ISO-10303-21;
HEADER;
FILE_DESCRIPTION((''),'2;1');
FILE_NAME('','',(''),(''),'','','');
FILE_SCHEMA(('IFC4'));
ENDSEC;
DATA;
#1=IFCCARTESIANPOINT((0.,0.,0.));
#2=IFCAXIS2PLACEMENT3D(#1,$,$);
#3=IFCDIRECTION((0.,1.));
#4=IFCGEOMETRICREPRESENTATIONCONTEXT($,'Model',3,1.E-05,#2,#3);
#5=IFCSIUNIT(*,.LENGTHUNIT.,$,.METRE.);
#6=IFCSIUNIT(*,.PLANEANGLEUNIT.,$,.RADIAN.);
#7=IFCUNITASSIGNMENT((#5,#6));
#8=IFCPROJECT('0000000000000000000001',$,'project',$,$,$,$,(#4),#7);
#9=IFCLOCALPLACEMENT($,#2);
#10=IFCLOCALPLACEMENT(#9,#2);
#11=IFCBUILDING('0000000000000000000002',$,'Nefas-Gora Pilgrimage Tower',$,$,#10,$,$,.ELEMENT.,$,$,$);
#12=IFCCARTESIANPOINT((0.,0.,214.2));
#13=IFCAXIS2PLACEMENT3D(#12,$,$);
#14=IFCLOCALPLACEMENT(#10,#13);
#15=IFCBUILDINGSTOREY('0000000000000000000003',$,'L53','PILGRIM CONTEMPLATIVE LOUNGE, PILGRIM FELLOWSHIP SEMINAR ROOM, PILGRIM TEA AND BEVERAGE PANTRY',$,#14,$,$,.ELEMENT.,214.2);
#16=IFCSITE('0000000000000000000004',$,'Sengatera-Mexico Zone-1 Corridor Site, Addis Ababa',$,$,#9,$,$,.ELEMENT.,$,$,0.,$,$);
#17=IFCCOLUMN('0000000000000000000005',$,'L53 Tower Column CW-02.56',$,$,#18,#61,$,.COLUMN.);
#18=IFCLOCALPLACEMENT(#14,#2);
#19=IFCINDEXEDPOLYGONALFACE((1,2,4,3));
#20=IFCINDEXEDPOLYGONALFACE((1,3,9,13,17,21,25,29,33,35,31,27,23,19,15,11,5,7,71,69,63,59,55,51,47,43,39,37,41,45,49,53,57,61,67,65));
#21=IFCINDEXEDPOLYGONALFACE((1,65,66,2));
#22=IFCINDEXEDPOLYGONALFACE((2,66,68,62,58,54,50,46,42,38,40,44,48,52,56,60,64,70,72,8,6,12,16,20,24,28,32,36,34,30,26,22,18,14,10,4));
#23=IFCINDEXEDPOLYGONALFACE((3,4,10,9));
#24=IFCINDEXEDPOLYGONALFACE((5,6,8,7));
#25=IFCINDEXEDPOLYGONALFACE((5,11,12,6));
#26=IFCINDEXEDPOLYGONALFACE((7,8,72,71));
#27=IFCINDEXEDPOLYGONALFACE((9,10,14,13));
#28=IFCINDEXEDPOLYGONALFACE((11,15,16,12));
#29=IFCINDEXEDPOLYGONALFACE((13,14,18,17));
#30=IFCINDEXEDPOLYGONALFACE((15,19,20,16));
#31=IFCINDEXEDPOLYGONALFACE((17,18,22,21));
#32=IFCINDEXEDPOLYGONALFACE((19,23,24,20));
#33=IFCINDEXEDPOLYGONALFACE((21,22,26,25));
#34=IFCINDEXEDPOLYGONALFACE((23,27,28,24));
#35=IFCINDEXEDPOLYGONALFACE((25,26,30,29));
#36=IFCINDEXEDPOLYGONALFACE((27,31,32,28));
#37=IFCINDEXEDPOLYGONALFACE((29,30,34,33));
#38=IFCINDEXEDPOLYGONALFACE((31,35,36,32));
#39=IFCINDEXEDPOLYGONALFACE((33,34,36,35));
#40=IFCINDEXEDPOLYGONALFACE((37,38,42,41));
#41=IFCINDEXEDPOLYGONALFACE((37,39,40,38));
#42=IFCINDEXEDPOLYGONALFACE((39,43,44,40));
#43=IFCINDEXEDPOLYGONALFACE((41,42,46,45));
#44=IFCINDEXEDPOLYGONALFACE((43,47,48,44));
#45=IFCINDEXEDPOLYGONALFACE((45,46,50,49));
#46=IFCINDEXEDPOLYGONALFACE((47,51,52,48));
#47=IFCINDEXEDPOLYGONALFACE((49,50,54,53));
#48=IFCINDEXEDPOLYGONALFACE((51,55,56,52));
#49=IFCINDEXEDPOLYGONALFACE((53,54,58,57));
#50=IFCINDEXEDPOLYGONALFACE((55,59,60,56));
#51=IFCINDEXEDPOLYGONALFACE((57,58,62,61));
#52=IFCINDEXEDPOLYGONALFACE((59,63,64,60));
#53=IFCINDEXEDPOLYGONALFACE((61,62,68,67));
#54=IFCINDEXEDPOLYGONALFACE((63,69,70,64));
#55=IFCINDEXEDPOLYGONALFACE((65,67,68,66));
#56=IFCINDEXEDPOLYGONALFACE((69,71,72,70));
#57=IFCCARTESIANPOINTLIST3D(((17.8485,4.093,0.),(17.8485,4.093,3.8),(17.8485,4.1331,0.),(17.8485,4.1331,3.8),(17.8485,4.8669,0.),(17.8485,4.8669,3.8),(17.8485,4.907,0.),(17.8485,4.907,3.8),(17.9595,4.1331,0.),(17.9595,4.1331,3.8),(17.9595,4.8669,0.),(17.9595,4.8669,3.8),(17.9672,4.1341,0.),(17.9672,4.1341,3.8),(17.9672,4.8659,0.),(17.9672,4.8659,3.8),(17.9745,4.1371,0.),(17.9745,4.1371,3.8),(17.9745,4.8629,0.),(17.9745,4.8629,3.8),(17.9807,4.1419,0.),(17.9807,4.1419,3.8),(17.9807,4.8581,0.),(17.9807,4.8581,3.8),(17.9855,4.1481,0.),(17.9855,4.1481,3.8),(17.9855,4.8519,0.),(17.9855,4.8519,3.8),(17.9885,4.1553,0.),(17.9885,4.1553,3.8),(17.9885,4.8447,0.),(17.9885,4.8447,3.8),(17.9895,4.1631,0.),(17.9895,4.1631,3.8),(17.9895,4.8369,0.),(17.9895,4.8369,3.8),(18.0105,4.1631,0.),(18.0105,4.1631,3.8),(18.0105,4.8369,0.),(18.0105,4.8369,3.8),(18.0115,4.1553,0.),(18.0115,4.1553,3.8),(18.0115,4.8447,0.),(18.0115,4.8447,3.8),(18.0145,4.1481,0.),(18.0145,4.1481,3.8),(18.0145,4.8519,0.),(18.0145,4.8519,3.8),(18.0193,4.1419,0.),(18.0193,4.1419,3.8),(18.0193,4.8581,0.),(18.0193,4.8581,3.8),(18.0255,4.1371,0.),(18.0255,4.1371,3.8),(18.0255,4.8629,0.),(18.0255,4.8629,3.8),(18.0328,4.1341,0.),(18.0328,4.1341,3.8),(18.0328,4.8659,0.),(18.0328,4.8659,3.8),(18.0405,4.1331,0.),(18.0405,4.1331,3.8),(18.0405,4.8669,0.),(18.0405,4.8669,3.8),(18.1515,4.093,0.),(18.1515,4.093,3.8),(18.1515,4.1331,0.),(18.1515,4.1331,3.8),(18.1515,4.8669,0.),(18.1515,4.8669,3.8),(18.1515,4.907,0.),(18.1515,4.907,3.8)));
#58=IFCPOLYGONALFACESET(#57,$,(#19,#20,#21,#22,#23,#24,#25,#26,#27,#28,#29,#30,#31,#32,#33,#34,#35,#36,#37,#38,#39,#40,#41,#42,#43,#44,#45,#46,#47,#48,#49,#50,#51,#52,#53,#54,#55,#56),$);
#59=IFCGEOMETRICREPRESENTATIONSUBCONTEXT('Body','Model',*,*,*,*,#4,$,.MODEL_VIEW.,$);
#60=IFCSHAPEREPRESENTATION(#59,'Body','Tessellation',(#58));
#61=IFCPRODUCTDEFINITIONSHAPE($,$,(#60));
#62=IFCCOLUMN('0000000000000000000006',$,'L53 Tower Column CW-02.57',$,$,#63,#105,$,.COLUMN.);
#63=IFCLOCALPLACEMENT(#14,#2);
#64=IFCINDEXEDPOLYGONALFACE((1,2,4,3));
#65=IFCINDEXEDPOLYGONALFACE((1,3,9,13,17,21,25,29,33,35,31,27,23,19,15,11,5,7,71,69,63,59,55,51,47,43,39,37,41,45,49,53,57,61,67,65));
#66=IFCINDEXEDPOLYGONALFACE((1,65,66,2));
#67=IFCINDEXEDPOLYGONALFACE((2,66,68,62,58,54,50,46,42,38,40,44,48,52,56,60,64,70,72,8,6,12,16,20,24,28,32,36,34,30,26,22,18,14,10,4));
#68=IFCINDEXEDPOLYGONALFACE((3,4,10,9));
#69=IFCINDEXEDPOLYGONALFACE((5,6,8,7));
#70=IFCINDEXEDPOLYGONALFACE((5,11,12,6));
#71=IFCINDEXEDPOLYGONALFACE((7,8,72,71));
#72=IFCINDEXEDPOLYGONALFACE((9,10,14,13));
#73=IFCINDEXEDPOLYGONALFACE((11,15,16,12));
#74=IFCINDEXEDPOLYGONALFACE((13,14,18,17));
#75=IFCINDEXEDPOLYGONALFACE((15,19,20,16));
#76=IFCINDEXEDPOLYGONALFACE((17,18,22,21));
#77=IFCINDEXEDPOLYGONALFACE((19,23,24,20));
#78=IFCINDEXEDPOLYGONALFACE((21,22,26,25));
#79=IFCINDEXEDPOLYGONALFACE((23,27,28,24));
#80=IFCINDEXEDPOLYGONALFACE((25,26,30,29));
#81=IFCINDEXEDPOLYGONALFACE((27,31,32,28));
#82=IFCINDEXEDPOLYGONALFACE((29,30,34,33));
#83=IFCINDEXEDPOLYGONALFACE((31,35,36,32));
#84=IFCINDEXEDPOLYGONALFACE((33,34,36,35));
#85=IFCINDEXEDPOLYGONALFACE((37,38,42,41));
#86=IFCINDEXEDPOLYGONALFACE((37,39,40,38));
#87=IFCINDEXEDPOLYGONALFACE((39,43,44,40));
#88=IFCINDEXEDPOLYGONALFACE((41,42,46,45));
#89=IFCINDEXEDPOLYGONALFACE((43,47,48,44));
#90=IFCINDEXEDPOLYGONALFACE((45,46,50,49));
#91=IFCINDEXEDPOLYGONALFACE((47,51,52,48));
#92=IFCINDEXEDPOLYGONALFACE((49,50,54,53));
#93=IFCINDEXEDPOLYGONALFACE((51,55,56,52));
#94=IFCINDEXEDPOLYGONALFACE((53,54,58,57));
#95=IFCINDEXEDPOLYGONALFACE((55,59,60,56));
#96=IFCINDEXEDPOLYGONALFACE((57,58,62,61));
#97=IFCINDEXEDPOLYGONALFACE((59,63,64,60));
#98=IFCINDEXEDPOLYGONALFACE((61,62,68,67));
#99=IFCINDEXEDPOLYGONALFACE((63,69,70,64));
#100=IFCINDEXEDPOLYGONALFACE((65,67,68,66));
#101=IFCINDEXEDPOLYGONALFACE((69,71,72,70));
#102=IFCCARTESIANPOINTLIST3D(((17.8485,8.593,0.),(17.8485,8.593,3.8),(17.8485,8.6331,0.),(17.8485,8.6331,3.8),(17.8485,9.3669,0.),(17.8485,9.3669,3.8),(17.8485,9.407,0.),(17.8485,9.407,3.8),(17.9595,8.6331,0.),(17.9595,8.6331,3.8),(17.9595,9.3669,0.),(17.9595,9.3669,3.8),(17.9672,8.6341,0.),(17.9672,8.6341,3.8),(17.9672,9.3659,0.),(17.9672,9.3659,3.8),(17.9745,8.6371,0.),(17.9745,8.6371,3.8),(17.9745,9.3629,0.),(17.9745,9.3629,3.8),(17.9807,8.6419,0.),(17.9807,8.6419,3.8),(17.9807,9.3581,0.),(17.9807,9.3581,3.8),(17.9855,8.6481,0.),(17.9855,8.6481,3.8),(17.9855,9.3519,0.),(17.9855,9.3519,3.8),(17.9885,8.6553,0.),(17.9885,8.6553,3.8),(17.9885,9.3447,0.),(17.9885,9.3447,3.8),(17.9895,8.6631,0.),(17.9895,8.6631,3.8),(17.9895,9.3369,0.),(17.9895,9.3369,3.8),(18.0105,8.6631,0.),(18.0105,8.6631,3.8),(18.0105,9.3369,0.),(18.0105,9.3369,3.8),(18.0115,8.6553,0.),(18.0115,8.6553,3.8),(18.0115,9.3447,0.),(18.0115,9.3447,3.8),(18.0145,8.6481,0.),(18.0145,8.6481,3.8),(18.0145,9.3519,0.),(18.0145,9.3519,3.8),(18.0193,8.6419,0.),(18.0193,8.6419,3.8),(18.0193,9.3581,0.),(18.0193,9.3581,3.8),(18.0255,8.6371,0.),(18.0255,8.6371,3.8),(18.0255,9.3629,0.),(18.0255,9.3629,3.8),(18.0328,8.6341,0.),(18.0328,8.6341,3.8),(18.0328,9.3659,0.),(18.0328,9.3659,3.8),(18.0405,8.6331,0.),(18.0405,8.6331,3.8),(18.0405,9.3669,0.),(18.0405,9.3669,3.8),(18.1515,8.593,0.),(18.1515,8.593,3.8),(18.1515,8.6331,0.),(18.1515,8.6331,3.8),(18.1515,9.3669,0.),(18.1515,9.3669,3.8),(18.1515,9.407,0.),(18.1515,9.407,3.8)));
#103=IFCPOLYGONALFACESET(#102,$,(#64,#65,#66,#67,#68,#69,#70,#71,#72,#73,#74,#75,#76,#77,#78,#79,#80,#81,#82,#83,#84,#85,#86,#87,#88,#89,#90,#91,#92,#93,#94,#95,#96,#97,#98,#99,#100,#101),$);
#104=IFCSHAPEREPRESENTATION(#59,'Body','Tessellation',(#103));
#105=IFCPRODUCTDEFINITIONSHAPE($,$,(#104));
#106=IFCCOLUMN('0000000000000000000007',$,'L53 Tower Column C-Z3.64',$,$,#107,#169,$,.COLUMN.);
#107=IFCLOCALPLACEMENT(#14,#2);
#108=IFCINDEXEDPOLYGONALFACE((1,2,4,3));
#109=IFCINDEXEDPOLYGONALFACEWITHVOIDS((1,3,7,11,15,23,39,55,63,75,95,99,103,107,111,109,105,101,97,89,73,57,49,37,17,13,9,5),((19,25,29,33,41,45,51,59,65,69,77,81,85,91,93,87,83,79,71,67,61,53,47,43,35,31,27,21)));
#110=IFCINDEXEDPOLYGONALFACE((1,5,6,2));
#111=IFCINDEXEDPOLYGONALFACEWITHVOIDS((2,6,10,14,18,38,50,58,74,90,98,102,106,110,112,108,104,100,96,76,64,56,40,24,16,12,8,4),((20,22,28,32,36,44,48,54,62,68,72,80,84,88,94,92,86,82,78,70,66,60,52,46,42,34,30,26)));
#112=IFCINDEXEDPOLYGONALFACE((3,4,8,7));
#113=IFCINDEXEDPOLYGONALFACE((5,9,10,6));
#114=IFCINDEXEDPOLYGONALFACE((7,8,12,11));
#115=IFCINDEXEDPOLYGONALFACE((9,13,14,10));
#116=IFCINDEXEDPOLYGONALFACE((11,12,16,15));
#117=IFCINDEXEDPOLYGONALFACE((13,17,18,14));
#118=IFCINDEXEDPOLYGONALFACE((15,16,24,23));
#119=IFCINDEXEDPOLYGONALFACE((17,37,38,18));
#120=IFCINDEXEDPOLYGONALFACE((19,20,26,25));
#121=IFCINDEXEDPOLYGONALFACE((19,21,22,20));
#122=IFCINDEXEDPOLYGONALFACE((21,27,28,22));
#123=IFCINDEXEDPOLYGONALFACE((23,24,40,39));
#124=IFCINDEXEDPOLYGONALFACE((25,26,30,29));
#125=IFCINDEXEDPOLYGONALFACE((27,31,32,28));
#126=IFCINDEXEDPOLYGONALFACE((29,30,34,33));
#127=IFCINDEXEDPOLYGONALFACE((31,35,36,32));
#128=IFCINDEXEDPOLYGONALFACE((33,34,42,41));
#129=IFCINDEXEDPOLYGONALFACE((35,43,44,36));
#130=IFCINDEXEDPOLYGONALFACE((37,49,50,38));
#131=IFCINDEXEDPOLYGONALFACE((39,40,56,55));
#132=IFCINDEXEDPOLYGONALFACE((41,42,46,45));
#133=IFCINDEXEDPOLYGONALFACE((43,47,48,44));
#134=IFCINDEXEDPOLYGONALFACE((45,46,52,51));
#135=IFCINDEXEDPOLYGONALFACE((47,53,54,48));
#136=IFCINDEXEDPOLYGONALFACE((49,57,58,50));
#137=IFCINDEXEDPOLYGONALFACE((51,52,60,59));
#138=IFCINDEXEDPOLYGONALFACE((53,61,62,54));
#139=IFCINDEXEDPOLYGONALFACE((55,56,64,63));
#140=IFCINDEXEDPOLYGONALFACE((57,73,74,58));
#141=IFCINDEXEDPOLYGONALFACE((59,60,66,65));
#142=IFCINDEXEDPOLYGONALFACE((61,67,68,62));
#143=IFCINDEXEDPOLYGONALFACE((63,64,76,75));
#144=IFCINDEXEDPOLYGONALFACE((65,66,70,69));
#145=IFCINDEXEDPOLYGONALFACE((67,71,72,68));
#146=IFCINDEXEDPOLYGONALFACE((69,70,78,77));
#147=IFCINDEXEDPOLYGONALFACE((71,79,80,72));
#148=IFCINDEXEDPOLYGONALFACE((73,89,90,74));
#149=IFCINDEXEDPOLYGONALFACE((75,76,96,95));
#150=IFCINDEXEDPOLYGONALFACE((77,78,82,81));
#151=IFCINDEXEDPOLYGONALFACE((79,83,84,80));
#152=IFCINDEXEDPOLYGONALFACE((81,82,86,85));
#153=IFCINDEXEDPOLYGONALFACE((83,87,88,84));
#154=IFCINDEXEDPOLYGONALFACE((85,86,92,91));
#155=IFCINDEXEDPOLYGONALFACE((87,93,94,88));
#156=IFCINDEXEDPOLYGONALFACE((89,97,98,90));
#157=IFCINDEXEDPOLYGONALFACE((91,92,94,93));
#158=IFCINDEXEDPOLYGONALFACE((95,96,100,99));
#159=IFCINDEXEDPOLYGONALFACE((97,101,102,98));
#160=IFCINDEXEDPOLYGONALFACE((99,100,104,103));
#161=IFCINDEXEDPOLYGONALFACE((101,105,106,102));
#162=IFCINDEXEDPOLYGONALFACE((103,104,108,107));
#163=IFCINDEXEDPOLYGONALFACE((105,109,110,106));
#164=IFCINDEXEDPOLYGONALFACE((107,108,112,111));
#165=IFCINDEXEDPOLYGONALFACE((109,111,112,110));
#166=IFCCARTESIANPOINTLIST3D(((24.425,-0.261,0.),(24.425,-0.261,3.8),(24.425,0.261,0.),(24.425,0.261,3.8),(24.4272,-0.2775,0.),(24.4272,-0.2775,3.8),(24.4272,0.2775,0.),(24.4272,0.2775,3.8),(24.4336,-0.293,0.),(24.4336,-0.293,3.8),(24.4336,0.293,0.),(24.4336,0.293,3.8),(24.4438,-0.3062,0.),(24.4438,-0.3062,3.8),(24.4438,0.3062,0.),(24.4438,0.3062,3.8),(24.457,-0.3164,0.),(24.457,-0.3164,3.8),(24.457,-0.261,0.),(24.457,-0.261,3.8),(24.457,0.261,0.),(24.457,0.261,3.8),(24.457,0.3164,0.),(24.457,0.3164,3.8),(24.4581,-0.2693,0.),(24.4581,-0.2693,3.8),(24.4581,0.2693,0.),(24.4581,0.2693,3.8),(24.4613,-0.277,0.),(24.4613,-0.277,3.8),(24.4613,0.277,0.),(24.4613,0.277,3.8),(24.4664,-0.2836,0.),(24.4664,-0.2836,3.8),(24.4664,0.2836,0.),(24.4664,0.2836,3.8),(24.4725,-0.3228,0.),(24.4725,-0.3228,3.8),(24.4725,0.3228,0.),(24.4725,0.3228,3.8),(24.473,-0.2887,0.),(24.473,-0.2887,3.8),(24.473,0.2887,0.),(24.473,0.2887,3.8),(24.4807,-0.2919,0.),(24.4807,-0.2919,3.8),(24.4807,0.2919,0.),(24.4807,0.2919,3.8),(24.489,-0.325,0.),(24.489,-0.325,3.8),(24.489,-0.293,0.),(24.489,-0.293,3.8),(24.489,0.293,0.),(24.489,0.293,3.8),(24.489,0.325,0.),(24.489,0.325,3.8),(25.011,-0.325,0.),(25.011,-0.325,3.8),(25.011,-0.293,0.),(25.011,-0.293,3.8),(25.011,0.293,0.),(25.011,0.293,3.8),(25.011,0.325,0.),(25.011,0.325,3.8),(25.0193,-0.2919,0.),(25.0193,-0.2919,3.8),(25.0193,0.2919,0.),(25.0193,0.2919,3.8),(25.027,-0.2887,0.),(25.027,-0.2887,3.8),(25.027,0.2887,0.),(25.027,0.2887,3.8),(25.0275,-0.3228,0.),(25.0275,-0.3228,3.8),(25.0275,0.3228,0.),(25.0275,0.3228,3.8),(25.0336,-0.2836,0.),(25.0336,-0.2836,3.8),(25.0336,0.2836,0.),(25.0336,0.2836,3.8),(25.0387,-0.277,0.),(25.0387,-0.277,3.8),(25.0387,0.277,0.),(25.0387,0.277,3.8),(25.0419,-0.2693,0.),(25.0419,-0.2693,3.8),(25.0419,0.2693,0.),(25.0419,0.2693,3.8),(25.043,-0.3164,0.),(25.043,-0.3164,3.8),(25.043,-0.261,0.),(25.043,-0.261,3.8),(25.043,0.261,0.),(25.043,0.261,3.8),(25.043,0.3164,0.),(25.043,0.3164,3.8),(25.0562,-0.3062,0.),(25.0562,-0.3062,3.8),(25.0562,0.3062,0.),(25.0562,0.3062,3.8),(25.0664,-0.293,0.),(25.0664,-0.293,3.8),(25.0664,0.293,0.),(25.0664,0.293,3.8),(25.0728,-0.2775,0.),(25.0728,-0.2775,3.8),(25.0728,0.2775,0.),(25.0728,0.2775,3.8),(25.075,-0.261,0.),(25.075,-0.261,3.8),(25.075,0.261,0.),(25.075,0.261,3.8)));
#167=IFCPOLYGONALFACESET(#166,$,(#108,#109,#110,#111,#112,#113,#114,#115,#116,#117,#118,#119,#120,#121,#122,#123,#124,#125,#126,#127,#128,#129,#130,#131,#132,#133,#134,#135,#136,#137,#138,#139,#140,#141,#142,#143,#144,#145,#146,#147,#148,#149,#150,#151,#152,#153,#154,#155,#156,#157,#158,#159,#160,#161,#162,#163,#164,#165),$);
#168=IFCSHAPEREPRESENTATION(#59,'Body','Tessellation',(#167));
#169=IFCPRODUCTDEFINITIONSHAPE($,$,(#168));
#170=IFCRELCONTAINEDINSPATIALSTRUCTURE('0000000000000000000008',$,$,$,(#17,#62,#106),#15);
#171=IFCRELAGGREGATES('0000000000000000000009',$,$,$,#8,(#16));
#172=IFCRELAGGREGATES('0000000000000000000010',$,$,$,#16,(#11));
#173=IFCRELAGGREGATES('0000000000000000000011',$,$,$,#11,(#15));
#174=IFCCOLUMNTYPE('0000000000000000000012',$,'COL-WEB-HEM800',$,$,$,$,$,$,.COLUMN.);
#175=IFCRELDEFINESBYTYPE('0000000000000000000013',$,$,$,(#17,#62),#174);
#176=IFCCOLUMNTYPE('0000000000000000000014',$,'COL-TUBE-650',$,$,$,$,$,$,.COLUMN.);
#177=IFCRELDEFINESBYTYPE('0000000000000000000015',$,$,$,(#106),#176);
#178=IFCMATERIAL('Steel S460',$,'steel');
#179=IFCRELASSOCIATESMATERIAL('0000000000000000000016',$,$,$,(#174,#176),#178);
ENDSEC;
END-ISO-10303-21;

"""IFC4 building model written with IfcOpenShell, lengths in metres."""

from ifc_helpers import new_model, si_unit, direction, frame, origin, origin_2d, place, context, subcontext, project, spatial, hollow_rectangle, i_section, extrude, source, transform, mapped, material, material_profile, profile_set, type_object, element, save


model = new_model("IFC4")

# Units and contexts
model_context = context("Model", 3, precision=1e-05, world=origin(), true_north=direction((0.0, 1.0)))
body_context = subcontext(model_context, "Body", "Model", "MODEL_VIEW")
ifc_project = project(units=[si_unit("LENGTHUNIT", "METRE"), si_unit("PLANEANGLEUNIT", "RADIAN")], contexts=[model_context])

# Site, building, storey
site_placement = place(None, origin())
site = spatial("IfcSite", under=ifc_project, at=site_placement, Name="Sengatera-Mexico Zone-1 Corridor Site, Addis Ababa", CompositionType="ELEMENT", RefElevation=0.0)
building_placement = place(site_placement, origin())
building = spatial("IfcBuilding", under=site, at=building_placement, Name="Nefas-Gora Pilgrimage Tower", CompositionType="ELEMENT")
storey_placement = place(building_placement, frame((0.0, 0.0, 214.2)))
storey = spatial("IfcBuildingStorey", under=building, at=storey_placement, Name="L53", Description="PILGRIM CONTEMPLATIVE LOUNGE, PILGRIM FELLOWSHIP SEMINAR ROOM, PILGRIM TEA AND BEVERAGE PANTRY", CompositionType="ELEMENT", Elevation=214.2)

# Columns
ifc_material_1 = material(Name="Steel S460", Category="steel")
ifc_material_profile_1 = material_profile(ifc_material_1, i_section(OverallWidth=0.303, OverallDepth=0.814, WebThickness=0.021, FlangeThickness=0.04, FilletRadius=0.03, at=origin_2d()), Name="HEM 800")
ifc_profile_set_1 = profile_set([ifc_material_profile_1], Name="Steel S460")
column_type_1 = type_object("IfcColumnType", Name="COL-WEB-HEM800", PredefinedType="COLUMN", material=ifc_profile_set_1)
shared_shape_1 = source(origin(), body_context, "Body", "SweptSolid", [
    extrude(i_section(OverallWidth=0.303, OverallDepth=0.814, WebThickness=0.021, FlangeThickness=0.04, FilletRadius=0.03, at=origin_2d()), origin(), (0.0, 0.0, 1.0), 3.8),
])
for number, where, z_axis, x_axis, name in (
    (1, (18.0, 4.5, 0.0), (0.0, 0.0, 1.0), (1.0, 0.0, 0.0), "L53 Tower Column CW-02.56"),
    (2, (18.0, 9.0, 0.0), (0.0, 0.0, 1.0), (1.0, 0.0, 0.0), "L53 Tower Column CW-02.57"),
):
    element("IfcColumn", number, at=place(storey_placement, frame(where, z_axis=z_axis, x_axis=x_axis)), inside=storey, type_object=column_type_1, Name=name, PredefinedType="COLUMN", context=body_context, shape_type="MappedRepresentation", body=[
        mapped(shared_shape_1, transform((0.0, 0.0, 0.0), x_axis=(1.0, 0.0, 0.0), y_axis=(0.0, 1.0, 0.0), z_axis=(0.0, 0.0, 1.0), scale=1.0)),
    ])
ifc_material_profile_2 = material_profile(ifc_material_1, hollow_rectangle(XDim=0.6499, YDim=0.6499, WallThickness=0.032, InnerFilletRadius=0.032, OuterFilletRadius=0.064, at=origin_2d()), Name="BOX 650x650x32")
ifc_profile_set_2 = profile_set([ifc_material_profile_2], Name="Steel S460")
column_type_2 = type_object("IfcColumnType", Name="COL-TUBE-650", PredefinedType="COLUMN", material=ifc_profile_set_2)
shared_shape_2 = source(origin(), body_context, "Body", "SweptSolid", [
    extrude(hollow_rectangle(XDim=0.6499, YDim=0.6499, WallThickness=0.032, InnerFilletRadius=0.032, OuterFilletRadius=0.064, at=origin_2d()), origin(), (0.0, 0.0, 1.0), 3.8),
])
for number, where, z_axis, x_axis, name in (
    (3, (24.75, 0.0, 0.0), (0.0, 0.0, 1.0), (1.0, 0.0, 0.0), "L53 Tower Column C-Z3.64"),
):
    element("IfcColumn", number, at=place(storey_placement, frame(where, z_axis=z_axis, x_axis=x_axis)), inside=storey, type_object=column_type_2, Name=name, PredefinedType="COLUMN", context=body_context, shape_type="MappedRepresentation", body=[
        mapped(shared_shape_2, transform((0.0, 0.0, 0.0), x_axis=(1.0, 0.0, 0.0), y_axis=(0.0, 1.0, 0.0), z_axis=(0.0, 0.0, 1.0), scale=1.0)),
    ])

save(model, "model.ifc")
